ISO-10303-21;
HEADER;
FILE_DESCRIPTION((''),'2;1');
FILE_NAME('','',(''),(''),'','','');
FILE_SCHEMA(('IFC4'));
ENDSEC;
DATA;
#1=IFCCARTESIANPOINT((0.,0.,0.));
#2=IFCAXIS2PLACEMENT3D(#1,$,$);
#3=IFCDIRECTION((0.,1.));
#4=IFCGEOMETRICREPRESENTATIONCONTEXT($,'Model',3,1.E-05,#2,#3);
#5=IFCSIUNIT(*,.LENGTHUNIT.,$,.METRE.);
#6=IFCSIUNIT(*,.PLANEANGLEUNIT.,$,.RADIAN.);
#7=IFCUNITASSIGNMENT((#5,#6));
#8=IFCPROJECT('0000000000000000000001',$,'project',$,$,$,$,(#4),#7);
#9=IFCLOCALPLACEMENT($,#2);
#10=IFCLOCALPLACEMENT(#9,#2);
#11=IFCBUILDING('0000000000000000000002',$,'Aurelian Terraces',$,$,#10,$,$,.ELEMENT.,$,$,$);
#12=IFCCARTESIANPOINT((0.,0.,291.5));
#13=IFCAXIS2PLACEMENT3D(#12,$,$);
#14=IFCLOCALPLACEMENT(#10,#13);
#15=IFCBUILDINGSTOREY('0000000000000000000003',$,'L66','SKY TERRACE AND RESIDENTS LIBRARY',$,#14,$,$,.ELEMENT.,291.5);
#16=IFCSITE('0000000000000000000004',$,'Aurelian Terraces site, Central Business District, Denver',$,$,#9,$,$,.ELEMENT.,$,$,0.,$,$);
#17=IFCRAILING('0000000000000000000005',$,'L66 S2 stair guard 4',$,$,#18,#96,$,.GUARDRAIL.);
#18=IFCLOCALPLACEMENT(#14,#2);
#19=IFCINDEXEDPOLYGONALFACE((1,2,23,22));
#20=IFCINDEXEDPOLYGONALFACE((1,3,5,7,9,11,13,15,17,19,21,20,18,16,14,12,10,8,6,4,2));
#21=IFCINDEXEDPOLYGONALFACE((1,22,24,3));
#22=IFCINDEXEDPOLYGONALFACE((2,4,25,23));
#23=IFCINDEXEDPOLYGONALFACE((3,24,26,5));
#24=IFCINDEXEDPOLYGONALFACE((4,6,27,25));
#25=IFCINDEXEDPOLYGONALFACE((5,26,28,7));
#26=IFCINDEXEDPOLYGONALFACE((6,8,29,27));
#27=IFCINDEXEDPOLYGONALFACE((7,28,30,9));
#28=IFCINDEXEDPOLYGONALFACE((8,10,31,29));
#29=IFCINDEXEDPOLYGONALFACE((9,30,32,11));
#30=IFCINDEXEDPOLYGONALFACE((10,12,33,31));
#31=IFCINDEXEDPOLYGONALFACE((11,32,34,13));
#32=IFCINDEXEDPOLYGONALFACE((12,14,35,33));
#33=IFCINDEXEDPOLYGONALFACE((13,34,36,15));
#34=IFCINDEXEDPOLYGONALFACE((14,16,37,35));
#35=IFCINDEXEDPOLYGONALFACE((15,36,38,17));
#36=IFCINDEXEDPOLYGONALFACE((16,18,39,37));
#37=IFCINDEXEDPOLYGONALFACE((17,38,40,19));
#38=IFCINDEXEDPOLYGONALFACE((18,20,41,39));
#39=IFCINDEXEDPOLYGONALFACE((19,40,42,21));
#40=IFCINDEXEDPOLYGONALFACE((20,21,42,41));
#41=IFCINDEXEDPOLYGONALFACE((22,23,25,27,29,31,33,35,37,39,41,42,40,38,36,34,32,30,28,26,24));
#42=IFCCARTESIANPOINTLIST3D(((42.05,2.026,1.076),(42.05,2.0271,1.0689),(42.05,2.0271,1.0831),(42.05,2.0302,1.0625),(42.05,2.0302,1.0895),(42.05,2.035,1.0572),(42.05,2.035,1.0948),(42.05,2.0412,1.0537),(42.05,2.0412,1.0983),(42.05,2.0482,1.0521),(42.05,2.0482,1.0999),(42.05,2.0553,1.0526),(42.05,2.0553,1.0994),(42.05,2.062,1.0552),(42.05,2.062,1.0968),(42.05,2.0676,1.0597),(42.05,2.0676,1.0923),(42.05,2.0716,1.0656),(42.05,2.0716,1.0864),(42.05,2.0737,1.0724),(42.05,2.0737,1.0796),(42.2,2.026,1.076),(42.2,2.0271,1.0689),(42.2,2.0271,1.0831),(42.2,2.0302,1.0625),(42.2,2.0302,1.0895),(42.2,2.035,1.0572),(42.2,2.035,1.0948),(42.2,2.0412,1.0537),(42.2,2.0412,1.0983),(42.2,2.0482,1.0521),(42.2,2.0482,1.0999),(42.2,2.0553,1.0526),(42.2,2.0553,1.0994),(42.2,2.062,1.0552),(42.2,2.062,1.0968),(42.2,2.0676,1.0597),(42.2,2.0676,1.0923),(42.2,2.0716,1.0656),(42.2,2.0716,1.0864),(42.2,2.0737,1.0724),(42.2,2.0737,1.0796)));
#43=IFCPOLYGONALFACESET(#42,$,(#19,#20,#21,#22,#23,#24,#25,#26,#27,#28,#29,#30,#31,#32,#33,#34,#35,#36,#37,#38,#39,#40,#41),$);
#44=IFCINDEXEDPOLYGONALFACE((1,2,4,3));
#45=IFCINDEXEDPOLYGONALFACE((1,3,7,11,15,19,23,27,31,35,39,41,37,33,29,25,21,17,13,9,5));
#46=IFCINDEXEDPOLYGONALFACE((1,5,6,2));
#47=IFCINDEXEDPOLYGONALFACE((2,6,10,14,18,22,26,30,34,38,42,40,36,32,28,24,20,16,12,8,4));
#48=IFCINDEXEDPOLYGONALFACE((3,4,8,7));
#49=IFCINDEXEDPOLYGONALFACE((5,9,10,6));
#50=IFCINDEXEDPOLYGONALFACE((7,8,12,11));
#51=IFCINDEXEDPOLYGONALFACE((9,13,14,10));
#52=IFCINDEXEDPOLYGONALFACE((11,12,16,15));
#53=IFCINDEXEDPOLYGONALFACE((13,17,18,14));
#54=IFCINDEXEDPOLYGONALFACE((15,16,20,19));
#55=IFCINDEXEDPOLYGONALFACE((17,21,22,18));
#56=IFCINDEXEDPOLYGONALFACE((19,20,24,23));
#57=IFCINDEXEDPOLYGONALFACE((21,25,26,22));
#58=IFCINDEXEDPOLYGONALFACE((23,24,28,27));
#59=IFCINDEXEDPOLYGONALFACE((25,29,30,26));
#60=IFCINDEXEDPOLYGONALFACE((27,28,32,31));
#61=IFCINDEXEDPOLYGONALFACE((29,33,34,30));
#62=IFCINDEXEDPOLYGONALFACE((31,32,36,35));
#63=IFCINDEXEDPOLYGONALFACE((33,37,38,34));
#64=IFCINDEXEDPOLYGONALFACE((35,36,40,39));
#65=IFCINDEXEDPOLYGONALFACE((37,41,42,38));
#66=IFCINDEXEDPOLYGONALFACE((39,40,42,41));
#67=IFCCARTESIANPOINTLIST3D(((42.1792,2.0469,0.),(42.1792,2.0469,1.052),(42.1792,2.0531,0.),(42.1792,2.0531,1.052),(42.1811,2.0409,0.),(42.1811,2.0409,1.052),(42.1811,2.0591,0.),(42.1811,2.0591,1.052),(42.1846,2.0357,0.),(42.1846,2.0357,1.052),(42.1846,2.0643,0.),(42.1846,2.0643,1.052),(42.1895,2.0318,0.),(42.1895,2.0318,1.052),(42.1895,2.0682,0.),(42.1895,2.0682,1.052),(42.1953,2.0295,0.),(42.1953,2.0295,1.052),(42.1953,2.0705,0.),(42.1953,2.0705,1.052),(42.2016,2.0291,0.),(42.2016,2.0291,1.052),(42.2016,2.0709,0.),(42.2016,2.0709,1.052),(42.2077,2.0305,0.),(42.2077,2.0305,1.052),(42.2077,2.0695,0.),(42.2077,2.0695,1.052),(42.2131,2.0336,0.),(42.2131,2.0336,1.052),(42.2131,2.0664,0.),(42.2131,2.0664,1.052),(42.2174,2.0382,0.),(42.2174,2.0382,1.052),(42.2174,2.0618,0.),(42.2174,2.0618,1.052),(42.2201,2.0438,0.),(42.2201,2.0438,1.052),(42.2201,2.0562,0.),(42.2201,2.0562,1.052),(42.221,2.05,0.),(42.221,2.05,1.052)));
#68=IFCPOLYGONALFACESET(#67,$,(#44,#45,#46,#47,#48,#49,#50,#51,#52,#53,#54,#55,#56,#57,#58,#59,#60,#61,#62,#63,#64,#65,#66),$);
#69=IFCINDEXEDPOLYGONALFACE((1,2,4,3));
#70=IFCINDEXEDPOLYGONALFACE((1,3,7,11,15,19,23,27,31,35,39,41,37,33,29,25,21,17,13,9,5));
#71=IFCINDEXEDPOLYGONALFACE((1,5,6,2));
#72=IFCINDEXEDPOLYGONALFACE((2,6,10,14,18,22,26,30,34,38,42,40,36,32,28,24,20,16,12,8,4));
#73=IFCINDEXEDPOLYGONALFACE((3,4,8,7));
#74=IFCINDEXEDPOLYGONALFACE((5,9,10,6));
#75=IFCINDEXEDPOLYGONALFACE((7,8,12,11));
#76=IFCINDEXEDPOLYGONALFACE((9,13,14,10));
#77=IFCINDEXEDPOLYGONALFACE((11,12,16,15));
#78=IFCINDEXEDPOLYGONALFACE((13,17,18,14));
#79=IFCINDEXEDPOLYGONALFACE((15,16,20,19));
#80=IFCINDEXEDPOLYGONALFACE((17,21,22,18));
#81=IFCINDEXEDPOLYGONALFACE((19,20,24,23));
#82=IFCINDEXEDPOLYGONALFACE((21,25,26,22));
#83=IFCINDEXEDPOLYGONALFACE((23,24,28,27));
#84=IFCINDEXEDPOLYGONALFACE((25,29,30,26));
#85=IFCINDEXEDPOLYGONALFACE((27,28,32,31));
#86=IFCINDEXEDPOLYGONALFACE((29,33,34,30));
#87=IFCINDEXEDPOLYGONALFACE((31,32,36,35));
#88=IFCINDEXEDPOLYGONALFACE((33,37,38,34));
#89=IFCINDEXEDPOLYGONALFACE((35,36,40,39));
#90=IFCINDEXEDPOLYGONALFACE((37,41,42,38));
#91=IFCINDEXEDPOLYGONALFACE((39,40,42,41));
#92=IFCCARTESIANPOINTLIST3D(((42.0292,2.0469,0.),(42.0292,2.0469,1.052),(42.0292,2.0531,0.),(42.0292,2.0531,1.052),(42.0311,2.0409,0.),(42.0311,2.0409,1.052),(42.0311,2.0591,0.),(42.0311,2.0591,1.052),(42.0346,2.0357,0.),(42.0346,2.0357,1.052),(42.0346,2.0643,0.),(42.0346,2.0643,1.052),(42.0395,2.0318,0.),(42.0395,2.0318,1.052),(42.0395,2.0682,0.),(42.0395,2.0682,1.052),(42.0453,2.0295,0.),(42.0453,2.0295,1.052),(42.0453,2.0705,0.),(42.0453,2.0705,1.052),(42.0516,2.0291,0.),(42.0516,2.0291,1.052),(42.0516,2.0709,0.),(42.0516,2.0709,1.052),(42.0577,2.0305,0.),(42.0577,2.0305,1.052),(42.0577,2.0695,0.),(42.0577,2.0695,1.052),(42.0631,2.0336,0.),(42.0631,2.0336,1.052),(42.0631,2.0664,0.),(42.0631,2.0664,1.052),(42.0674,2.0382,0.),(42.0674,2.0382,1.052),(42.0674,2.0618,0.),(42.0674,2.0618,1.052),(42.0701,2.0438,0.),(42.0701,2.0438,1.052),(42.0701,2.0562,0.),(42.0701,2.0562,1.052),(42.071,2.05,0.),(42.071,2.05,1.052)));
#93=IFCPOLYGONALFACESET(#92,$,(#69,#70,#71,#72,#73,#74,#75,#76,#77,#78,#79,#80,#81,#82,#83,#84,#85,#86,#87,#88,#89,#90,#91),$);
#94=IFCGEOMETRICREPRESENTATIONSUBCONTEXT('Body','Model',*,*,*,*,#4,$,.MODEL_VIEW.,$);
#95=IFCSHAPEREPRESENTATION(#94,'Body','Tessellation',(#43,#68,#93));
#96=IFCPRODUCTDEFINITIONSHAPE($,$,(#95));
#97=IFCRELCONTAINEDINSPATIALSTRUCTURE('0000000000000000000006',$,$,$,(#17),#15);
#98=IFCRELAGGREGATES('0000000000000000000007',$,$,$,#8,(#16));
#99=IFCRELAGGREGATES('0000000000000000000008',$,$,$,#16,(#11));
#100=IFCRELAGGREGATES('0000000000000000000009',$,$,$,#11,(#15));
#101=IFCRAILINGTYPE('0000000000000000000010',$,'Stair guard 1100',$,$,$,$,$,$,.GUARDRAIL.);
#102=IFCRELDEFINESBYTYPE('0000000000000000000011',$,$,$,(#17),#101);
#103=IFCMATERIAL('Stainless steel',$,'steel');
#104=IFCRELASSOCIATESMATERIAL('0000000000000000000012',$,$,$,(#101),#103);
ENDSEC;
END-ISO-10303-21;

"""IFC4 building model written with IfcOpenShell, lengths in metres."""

from ifc_helpers import new_model, si_unit, direction, frame, origin, origin_2d, place, context, subcontext, project, spatial, circle, extrude, source, transform, mapped, material, type_object, element, save


model = new_model("IFC4")

# Units and contexts
model_context = context("Model", 3, precision=1e-05, world=origin(), true_north=direction((0.0, 1.0)))
body_context = subcontext(model_context, "Body", "Model", "MODEL_VIEW")
ifc_project = project(units=[si_unit("LENGTHUNIT", "METRE"), si_unit("PLANEANGLEUNIT", "RADIAN")], contexts=[model_context])

# Site, building, storey
site_placement = place(None, origin())
site = spatial("IfcSite", under=ifc_project, at=site_placement, Name="Aurelian Terraces site, Central Business District, Denver", CompositionType="ELEMENT", RefElevation=0.0)
building_placement = place(site_placement, origin())
building = spatial("IfcBuilding", under=site, at=building_placement, Name="Aurelian Terraces", CompositionType="ELEMENT")
storey_placement = place(building_placement, frame((0.0, 0.0, 291.5)))
storey = spatial("IfcBuildingStorey", under=building, at=storey_placement, Name="L66", Description="SKY TERRACE AND RESIDENTS LIBRARY", CompositionType="ELEMENT", Elevation=291.5)

# Railing
ifc_material_1 = material(Name="Stainless steel", Category="steel")
railing_type_1 = type_object("IfcRailingType", Name="Stair guard 1100", PredefinedType="GUARDRAIL", material=ifc_material_1)
shared_shape_1 = source(origin(), body_context, "Body", "SweptSolid", [
    extrude(circle(Radius=0.024, at=origin_2d()), frame((0.0, 0.0, 1.076), z_axis=(-1.0, 0.0, 0.0), x_axis=(0.0, -1.0, 0.0)), (0.0, 0.0, 1.0), 0.15),
    extrude(circle(Radius=0.021, at=origin_2d()), origin(), (0.0, 0.0, 1.0), 1.052),
    extrude(circle(Radius=0.021, at=origin_2d()), frame((-0.15, 0.0, 0.0)), (0.0, 0.0, 1.0), 1.052),
])
for number, where, name in (
    (1, (42.2, 2.05, 0.0), "L66 S2 stair guard 4"),
):
    element("IfcRailing", number, at=place(storey_placement, frame(where)), inside=storey, type_object=railing_type_1, Name=name, PredefinedType="GUARDRAIL", context=body_context, shape_type="MappedRepresentation", body=[
        mapped(shared_shape_1, transform((0.0, 0.0, 0.0), scale=1.0)),
    ])

save(model, "model.ifc")
